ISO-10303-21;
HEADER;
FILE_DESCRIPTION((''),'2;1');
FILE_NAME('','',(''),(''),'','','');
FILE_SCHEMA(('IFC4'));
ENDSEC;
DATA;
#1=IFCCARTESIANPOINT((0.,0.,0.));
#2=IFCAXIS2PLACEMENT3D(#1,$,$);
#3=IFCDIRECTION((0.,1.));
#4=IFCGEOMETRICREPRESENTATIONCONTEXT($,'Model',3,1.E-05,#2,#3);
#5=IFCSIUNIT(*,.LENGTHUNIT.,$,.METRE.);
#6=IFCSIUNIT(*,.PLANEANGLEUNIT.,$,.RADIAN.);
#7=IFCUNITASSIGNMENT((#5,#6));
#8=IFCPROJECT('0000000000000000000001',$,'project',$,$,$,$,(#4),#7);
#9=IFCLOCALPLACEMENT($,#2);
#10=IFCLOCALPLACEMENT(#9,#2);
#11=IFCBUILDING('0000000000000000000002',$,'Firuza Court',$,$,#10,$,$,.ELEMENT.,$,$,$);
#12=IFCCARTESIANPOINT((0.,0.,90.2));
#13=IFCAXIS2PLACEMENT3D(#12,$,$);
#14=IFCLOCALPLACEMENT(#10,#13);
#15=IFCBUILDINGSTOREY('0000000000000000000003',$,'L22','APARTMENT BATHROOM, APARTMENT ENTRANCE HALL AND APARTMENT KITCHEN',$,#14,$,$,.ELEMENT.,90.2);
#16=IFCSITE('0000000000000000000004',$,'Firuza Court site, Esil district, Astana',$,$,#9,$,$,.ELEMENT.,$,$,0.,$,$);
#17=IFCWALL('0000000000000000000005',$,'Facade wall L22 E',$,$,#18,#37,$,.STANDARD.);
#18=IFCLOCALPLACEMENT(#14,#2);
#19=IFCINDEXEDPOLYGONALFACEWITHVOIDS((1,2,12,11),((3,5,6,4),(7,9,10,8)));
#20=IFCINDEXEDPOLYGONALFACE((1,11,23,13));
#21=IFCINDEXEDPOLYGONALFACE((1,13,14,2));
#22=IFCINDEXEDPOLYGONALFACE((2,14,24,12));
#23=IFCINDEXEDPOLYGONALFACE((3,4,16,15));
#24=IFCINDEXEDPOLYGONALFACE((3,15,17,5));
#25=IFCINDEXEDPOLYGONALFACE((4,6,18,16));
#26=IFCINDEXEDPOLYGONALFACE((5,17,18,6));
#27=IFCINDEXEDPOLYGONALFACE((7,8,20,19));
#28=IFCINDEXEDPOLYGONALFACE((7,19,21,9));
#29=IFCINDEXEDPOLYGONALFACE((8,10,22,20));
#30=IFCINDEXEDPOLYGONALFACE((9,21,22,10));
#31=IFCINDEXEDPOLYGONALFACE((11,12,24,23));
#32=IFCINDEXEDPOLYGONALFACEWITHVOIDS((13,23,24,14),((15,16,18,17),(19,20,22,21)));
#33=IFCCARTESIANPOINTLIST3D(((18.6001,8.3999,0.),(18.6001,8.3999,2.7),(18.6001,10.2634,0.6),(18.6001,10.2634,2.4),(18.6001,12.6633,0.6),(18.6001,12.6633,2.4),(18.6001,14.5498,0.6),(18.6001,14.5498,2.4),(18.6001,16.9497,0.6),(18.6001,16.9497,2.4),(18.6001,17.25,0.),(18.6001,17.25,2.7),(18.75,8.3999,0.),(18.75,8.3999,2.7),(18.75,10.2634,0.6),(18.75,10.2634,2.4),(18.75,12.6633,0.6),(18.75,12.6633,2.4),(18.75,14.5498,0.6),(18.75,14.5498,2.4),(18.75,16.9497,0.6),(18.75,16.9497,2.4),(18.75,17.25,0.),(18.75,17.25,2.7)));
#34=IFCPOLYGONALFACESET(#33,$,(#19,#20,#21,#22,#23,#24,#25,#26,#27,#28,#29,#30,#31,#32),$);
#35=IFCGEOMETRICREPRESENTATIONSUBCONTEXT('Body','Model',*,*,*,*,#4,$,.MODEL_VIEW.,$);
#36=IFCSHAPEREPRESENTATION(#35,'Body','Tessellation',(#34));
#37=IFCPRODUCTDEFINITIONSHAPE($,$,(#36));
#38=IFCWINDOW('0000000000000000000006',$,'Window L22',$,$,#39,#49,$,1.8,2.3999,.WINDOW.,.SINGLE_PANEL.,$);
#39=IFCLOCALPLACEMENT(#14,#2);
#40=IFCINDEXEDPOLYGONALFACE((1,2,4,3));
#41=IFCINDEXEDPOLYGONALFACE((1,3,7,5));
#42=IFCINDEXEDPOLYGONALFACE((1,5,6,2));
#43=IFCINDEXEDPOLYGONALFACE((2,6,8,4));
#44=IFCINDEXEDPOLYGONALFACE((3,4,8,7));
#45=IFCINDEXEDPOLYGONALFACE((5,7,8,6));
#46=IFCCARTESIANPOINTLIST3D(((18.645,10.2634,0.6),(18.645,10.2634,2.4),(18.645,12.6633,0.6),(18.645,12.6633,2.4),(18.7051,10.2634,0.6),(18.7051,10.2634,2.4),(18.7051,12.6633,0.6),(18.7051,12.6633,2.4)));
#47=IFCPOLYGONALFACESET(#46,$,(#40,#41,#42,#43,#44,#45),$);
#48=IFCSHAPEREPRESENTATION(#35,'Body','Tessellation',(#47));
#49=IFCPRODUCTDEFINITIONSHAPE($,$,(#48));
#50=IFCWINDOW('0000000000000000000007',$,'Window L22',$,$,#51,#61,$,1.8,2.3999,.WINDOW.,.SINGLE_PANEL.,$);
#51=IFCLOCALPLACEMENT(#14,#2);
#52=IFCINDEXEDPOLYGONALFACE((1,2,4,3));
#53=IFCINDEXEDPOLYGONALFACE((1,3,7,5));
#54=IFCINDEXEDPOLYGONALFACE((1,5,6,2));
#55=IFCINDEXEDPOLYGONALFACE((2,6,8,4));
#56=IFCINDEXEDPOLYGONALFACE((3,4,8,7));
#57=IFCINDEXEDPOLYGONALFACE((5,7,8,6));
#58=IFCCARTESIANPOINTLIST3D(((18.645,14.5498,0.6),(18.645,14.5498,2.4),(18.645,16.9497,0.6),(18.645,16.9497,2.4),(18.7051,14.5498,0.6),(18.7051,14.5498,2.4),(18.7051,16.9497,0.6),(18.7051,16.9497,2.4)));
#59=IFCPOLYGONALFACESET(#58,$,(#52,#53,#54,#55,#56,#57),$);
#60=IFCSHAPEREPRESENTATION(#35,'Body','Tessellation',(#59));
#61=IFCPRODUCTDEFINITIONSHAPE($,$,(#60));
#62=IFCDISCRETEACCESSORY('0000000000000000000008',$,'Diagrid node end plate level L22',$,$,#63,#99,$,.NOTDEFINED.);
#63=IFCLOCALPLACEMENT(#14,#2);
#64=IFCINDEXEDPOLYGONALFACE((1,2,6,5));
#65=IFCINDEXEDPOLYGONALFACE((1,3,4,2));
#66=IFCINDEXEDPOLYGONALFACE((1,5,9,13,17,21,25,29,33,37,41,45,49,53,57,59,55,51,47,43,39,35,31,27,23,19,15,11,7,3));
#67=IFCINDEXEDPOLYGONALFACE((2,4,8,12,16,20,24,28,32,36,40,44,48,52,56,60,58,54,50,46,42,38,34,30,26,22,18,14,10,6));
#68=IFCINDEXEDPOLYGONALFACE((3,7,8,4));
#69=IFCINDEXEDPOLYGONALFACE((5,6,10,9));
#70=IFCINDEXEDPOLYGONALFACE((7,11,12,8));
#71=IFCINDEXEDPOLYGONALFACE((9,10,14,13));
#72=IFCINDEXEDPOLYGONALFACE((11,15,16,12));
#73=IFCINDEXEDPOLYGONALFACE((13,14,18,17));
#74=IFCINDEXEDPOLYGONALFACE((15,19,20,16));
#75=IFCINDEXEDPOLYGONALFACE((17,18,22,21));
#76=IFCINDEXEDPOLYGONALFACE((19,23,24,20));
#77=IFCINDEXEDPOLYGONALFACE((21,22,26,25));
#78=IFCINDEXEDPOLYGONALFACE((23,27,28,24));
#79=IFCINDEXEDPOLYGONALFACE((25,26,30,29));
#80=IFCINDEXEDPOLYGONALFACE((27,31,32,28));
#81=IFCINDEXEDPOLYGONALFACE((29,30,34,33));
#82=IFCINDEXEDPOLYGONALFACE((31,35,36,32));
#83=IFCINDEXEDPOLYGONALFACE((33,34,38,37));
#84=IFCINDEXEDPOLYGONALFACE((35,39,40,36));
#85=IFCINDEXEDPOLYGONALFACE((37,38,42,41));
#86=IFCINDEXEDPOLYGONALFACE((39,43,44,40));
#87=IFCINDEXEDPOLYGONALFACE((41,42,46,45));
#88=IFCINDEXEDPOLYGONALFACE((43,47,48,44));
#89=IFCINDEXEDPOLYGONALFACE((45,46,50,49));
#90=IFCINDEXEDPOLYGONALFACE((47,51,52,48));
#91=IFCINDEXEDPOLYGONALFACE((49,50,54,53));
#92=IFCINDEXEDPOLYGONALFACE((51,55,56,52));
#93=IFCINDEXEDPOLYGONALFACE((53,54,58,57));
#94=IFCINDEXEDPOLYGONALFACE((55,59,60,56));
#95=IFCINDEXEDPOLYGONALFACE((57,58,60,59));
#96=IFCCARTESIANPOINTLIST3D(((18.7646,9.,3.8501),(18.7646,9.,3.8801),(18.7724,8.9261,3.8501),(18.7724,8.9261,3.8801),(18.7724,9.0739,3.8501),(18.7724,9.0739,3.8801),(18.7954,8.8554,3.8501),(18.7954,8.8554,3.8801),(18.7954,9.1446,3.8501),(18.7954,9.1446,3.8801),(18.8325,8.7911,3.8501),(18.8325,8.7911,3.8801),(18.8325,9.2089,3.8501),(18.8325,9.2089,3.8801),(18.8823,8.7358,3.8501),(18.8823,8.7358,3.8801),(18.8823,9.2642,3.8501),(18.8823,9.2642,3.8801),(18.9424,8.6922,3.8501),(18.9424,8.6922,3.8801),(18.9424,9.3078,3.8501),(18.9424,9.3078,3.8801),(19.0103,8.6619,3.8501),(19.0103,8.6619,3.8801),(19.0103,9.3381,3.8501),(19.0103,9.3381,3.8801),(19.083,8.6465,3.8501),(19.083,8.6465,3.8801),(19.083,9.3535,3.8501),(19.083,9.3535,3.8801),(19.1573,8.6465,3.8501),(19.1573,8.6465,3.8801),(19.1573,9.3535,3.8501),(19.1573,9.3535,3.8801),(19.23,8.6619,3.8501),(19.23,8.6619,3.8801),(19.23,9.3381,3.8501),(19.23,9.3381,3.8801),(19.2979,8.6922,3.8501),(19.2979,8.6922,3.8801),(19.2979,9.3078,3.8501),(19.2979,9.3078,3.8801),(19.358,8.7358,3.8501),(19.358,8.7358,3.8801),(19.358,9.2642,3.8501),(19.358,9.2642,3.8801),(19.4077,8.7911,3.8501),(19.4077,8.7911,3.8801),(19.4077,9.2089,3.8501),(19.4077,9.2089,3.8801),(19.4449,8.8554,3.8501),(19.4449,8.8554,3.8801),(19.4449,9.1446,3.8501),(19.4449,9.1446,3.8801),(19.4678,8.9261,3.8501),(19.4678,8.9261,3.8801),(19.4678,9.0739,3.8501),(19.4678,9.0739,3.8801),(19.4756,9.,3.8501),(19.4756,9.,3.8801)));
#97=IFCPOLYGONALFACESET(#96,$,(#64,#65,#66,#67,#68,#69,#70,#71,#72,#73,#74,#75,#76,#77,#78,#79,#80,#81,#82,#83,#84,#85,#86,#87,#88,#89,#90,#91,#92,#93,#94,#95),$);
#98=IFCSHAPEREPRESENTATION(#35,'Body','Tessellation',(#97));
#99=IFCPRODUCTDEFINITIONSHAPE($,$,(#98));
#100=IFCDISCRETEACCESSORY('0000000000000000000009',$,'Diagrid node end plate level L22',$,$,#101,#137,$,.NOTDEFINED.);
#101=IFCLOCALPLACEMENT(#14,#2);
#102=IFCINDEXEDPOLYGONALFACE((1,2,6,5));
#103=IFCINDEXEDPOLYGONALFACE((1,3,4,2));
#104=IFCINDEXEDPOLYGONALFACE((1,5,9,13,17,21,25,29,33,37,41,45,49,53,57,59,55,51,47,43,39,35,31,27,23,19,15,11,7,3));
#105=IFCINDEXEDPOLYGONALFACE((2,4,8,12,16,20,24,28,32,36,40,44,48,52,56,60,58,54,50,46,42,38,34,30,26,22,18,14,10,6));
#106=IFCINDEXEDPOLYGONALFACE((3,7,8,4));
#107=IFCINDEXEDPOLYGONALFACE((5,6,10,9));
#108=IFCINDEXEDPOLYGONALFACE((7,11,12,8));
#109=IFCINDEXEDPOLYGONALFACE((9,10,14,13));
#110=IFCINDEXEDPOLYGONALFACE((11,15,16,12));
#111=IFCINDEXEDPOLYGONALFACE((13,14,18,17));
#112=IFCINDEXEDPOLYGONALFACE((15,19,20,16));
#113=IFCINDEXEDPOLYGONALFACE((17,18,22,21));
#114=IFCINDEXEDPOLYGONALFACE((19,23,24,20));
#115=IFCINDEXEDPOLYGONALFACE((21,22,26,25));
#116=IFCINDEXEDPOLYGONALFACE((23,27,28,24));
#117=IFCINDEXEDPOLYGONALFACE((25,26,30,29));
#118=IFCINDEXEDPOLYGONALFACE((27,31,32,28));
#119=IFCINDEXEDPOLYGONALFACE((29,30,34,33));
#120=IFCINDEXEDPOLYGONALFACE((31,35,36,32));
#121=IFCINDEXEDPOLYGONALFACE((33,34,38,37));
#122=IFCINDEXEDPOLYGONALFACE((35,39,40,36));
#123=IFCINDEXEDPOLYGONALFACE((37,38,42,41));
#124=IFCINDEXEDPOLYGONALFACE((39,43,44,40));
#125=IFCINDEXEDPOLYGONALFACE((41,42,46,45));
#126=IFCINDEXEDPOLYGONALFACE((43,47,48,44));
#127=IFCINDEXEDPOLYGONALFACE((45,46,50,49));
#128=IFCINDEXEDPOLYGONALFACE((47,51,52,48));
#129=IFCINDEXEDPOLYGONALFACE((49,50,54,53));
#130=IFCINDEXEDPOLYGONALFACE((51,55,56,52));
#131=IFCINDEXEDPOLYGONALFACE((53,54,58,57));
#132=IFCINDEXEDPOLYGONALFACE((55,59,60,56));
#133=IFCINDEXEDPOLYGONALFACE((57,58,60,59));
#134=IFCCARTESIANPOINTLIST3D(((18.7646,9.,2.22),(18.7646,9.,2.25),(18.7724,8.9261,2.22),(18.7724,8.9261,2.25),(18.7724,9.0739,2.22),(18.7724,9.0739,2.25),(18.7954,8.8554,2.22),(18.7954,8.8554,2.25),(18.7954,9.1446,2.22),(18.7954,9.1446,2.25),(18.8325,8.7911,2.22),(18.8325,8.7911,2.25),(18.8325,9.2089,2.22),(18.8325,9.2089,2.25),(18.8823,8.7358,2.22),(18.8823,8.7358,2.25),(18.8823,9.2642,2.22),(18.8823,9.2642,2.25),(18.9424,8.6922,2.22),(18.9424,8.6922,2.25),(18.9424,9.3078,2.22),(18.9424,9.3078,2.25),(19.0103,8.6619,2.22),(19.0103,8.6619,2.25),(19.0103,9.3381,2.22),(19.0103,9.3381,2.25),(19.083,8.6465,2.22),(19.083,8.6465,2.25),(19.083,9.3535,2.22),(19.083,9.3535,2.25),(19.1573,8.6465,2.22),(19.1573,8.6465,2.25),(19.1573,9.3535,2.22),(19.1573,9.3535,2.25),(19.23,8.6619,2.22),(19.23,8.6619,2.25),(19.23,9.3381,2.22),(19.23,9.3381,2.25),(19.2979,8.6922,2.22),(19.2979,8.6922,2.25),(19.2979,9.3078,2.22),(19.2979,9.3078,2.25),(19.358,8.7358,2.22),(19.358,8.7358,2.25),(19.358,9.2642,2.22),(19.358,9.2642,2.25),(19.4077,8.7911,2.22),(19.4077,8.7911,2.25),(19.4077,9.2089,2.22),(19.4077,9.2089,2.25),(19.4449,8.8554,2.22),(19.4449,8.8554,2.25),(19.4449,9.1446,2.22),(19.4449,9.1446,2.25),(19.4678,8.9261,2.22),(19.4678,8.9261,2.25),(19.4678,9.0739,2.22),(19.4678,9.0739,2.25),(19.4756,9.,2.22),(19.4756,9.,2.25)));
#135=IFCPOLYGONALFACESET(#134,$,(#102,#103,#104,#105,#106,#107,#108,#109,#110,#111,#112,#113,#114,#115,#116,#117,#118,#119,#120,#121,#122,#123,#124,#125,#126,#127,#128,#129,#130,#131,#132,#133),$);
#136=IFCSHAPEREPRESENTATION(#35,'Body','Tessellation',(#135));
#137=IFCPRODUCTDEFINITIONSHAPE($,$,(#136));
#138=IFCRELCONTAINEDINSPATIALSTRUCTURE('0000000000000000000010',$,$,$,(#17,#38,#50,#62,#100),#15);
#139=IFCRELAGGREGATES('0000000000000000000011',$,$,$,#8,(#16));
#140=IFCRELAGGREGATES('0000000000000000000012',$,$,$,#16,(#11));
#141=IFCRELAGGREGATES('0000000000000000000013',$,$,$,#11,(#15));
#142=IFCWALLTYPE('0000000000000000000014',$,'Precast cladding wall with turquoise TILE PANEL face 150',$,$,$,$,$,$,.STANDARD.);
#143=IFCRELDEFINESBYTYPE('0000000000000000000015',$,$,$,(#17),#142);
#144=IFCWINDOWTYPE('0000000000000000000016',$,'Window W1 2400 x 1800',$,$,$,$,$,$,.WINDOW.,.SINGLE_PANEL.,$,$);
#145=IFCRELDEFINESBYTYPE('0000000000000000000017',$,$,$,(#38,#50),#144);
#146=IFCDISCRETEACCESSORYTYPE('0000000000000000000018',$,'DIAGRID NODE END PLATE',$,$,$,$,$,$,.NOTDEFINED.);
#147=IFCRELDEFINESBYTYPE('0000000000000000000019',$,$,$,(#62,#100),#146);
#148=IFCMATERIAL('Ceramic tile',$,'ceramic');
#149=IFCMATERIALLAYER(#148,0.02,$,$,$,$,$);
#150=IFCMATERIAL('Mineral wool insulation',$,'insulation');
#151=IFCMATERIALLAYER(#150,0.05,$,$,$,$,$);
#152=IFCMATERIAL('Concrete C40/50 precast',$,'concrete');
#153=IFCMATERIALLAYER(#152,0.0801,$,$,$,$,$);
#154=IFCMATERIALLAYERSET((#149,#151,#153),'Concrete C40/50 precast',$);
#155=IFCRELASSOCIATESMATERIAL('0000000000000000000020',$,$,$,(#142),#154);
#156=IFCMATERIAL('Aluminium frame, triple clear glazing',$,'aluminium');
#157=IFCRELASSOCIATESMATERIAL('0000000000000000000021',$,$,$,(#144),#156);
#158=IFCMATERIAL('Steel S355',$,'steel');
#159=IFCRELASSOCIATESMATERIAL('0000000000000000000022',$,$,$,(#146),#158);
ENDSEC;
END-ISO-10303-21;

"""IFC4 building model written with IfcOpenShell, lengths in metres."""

from ifc_helpers import new_model, si_unit, direction, frame, frame_2d, origin, origin_2d, place, context, subcontext, project, spatial, rectangle, circle, extrude, material, layer, layer_set, material_profile, profile_set, type_object, element, fill, save


model = new_model("IFC4")

# Units and contexts
model_context = context("Model", 3, precision=1e-05, world=origin(), true_north=direction((0.0, 1.0)))
body_context = subcontext(model_context, "Body", "Model", "MODEL_VIEW")
ifc_project = project(units=[si_unit("LENGTHUNIT", "METRE"), si_unit("PLANEANGLEUNIT", "RADIAN")], contexts=[model_context])

# Site, building, storey
site_placement = place(None, origin())
site = spatial("IfcSite", under=ifc_project, at=site_placement, Name="Firuza Court site, Esil district, Astana", CompositionType="ELEMENT", RefElevation=0.0)
building_placement = place(site_placement, origin())
building = spatial("IfcBuilding", under=site, at=building_placement, Name="Firuza Court", CompositionType="ELEMENT")
storey_placement = place(building_placement, frame((0.0, 0.0, 90.2)))
storey = spatial("IfcBuildingStorey", under=building, at=storey_placement, Name="L22", Description="APARTMENT BATHROOM, APARTMENT ENTRANCE HALL AND APARTMENT KITCHEN", CompositionType="ELEMENT", Elevation=90.2)

# Shared definitions
ifc_material_1 = material(Name="Ceramic tile", Category="ceramic")
ifc_layer_1 = layer(ifc_material_1, 0.02)
ifc_material_2 = material(Name="Mineral wool insulation", Category="insulation")
ifc_layer_2 = layer(ifc_material_2, 0.05)
ifc_material_3 = material(Name="Concrete C40/50 precast", Category="concrete")
ifc_layer_3 = layer(ifc_material_3, 0.0801)
ifc_layer_set_1 = layer_set([ifc_layer_1, ifc_layer_2, ifc_layer_3], Name="Concrete C40/50 precast")
wall_type_1 = type_object("IfcWallType", Name="Precast cladding wall with turquoise TILE PANEL face 150", PredefinedType="STANDARD", material=ifc_layer_set_1)
ifc_material_4 = material(Name="Aluminium frame, triple clear glazing", Category="aluminium")
window_type = type_object("IfcWindowType", Name="Window W1 2400 x 1800", PartitioningType="SINGLE_PANEL", PredefinedType="WINDOW", material=ifc_material_4)

# Wall, openings, windows
wall_1_placement = place(storey_placement, frame((18.675, 8.3999, 0.0), z_axis=(0.0, 0.0, 1.0), x_axis=(0.0, 1.0, 0.0)))
wall_1 = element("IfcWall", 1, at=wall_1_placement, inside=storey, type_object=wall_type_1, Name="Facade wall L22 E", PredefinedType="STANDARD", context=body_context, shape_type="SweptSolid", body=[
    extrude(rectangle(XDim=8.8501, YDim=0.1499, at=frame_2d((4.425, 0.0))), origin(), (0.0, 0.0, 1.0), 2.7),
])
opening_1_placement = place(wall_1_placement, frame((1.8635, 0.0, 0.6001)))
opening_1 = element("IfcOpeningElement", 2, at=opening_1_placement, cuts=wall_1, PredefinedType="OPENING", context=body_context, shape_type="SweptSolid", body=[
    extrude(rectangle(XDim=2.3999, YDim=1.8, at=frame_2d((1.2, 0.8999))), frame((0.0, 0.0869, 0.0), z_axis=(0.0, -1.0, 0.0), x_axis=(1.0, 0.0, 0.0)), (0.0, 0.0, 1.0), 0.1738),
])
opening_2_placement = place(wall_1_placement, frame((6.1499, 0.0, 0.6001)))
opening_2 = element("IfcOpeningElement", 3, at=opening_2_placement, cuts=wall_1, PredefinedType="OPENING", context=body_context, shape_type="SweptSolid", body=[
    extrude(rectangle(XDim=2.3999, YDim=1.8, at=frame_2d((1.2, 0.8999))), frame((0.0, 0.0869, 0.0), z_axis=(0.0, -1.0, 0.0), x_axis=(1.0, 0.0, 0.0)), (0.0, 0.0, 1.0), 0.1738),
])
window_1_placement = place(opening_1_placement, origin())
window_1 = element("IfcWindow", 4, at=window_1_placement, inside=storey, type_object=window_type, Name="Window L22", OverallHeight=1.8, OverallWidth=2.3999, PartitioningType="SINGLE_PANEL", PredefinedType="WINDOW", context=body_context, shape_type="SweptSolid", body=[
    extrude(rectangle(XDim=2.3999, YDim=1.8, at=frame_2d((1.2, 0.8999))), frame((0.0, 0.03, 0.0), z_axis=(0.0, -1.0, 0.0), x_axis=(1.0, 0.0, 0.0)), (0.0, 0.0, 1.0), 0.0601),
])
fill(opening_1, window_1)
window_2_placement = place(opening_2_placement, origin())
window_2 = element("IfcWindow", 5, at=window_2_placement, inside=storey, type_object=window_type, Name="Window L22", OverallHeight=1.8, OverallWidth=2.3999, PartitioningType="SINGLE_PANEL", PredefinedType="WINDOW", context=body_context, shape_type="SweptSolid", body=[
    extrude(rectangle(XDim=2.3999, YDim=1.8, at=frame_2d((1.2, 0.8999))), frame((0.0, 0.03, 0.0), z_axis=(0.0, -1.0, 0.0), x_axis=(1.0, 0.0, 0.0)), (0.0, 0.0, 1.0), 0.0601),
])
fill(opening_2, window_2)

# Discrete accessories
ifc_material_5 = material(Name="Steel S355", Category="steel")
ifc_material_profile_1 = material_profile(ifc_material_5, circle(Radius=0.3555, at=origin_2d()), Name="PL D711")
ifc_profile_set_1 = profile_set([ifc_material_profile_1], Name="Steel S355")
discrete_accessory_type = type_object("IfcDiscreteAccessoryType", Name="DIAGRID NODE END PLATE", PredefinedType="NOTDEFINED", material=ifc_profile_set_1)
for number, where, z_axis, x_axis, name in (
    (6, (19.1201, 9.0, 3.8501), (0.0, 0.0, 1.0), (1.0, 0.0, 0.0), "Diagrid node end plate level L22"),
    (7, (19.1201, 9.0, 2.22), (0.0, 0.0, 1.0), (1.0, 0.0, 0.0), "Diagrid node end plate level L22"),
):
    element("IfcDiscreteAccessory", number, at=place(storey_placement, frame(where, z_axis=z_axis, x_axis=x_axis)), inside=storey, type_object=discrete_accessory_type, Name=name, PredefinedType="NOTDEFINED", context=body_context, shape_type="SweptSolid", body=[
        extrude(circle(Radius=0.3555, at=origin_2d()), origin(), (0.0, 0.0, 1.0), 0.03),
    ])

save(model, "model.ifc")
